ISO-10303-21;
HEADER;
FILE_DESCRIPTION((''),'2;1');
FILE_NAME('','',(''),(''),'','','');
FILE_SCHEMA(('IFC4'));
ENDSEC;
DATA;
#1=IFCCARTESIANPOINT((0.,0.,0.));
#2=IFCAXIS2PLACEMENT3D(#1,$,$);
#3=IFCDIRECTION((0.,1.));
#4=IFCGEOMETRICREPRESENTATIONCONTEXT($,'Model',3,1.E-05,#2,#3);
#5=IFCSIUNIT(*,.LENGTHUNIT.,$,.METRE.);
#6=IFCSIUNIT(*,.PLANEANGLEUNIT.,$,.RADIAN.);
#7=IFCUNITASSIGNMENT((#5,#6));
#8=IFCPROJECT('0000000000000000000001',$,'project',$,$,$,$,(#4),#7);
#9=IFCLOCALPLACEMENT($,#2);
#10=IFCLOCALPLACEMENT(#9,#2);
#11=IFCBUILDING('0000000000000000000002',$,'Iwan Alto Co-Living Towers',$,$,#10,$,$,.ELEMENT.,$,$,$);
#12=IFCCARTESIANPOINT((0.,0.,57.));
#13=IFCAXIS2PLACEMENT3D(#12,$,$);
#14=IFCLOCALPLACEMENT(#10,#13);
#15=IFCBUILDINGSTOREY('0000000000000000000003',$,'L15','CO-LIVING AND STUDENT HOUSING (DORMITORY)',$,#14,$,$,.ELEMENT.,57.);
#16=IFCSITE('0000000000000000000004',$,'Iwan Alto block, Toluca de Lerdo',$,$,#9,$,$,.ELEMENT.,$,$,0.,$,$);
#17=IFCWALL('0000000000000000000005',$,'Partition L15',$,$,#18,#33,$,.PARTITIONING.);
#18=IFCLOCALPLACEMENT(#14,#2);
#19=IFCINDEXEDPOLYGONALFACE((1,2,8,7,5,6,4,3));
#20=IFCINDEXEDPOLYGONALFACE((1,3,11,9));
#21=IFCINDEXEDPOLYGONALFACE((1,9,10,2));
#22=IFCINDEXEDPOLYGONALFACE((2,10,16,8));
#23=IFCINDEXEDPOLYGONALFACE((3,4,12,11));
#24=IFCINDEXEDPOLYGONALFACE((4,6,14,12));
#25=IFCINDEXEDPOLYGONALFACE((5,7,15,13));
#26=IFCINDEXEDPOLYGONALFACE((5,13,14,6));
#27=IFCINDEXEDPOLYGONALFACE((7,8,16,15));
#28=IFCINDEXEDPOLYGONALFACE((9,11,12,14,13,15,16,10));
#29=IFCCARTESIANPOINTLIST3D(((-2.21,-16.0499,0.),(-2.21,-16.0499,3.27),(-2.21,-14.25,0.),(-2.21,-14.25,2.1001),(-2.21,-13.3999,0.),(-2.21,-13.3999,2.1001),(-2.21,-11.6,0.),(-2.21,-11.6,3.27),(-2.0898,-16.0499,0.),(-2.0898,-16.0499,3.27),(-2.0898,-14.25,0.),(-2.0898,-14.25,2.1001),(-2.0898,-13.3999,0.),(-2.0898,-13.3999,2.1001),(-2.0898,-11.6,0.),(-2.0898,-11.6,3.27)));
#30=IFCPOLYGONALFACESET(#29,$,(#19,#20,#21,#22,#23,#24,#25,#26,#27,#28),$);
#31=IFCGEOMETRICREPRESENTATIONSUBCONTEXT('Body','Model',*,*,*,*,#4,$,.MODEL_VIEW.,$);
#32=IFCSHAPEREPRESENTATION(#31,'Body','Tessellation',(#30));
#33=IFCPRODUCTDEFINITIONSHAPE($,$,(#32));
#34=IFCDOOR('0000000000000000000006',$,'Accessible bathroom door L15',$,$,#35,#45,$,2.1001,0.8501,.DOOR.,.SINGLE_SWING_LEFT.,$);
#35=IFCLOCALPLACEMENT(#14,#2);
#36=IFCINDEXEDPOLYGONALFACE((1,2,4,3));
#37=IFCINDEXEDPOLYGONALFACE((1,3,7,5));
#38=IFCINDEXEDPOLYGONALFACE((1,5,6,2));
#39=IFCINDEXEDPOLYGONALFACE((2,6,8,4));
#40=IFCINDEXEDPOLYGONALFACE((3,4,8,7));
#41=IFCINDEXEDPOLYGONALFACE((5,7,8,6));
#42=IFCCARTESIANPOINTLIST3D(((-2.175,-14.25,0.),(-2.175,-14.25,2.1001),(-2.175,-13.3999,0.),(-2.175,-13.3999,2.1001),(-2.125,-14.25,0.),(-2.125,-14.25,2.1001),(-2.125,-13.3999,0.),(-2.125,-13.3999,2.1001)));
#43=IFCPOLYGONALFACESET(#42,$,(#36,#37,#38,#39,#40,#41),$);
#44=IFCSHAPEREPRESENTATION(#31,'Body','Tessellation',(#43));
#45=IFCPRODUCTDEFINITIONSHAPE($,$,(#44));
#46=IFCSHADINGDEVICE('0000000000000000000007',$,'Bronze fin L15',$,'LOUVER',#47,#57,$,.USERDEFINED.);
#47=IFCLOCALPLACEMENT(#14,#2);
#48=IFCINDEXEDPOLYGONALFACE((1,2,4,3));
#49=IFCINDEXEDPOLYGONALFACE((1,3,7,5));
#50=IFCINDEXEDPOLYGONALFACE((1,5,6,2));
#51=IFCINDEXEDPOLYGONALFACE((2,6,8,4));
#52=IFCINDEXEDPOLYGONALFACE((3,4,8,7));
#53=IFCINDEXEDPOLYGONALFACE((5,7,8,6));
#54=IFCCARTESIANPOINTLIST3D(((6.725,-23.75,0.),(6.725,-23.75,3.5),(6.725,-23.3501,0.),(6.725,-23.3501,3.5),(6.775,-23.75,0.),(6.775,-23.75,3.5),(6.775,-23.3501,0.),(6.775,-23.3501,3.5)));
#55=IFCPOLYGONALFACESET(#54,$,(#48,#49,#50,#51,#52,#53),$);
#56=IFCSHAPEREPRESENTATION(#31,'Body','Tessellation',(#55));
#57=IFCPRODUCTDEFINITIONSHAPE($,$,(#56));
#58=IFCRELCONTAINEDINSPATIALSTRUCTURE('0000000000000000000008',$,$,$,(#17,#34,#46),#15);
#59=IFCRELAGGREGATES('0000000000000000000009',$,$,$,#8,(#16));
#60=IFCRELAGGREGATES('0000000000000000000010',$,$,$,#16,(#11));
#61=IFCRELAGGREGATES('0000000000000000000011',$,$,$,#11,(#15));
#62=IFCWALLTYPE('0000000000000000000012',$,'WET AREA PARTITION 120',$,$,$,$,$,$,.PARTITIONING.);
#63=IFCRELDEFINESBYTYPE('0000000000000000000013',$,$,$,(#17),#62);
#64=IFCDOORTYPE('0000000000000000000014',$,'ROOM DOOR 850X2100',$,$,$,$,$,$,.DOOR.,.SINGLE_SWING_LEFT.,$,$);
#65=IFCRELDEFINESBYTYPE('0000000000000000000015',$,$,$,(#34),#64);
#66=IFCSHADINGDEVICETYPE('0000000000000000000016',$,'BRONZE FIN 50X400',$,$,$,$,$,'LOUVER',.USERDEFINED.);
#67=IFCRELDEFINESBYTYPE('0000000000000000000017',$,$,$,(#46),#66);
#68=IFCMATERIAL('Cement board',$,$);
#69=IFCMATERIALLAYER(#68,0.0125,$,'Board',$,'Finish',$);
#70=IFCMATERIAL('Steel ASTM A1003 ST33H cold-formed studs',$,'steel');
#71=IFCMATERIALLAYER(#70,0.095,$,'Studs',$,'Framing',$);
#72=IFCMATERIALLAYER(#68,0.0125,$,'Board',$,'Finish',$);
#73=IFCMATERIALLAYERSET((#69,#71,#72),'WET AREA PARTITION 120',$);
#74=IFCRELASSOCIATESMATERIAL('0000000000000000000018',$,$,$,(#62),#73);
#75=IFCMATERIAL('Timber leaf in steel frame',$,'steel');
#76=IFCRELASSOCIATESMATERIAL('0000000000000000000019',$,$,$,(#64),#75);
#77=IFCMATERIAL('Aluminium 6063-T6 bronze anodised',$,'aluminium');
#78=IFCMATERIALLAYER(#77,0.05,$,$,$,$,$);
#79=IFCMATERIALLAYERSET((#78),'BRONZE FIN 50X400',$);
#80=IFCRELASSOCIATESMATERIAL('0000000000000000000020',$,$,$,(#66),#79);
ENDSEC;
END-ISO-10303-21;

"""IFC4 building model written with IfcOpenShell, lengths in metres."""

from ifc_helpers import new_model, si_unit, direction, frame, frame_2d, origin, origin_2d, place, context, subcontext, project, spatial, rectangle, extrude, material, layer, layer_set, type_object, element, fill, save


model = new_model("IFC4")

# Units and contexts
model_context = context("Model", 3, precision=1e-05, world=origin(), true_north=direction((0.0, 1.0)))
body_context = subcontext(model_context, "Body", "Model", "MODEL_VIEW")
ifc_project = project(units=[si_unit("LENGTHUNIT", "METRE"), si_unit("PLANEANGLEUNIT", "RADIAN")], contexts=[model_context])

# Site, building, storey
site_placement = place(None, origin())
site = spatial("IfcSite", under=ifc_project, at=site_placement, Name="Iwan Alto block, Toluca de Lerdo", CompositionType="ELEMENT", RefElevation=0.0)
building_placement = place(site_placement, origin())
building = spatial("IfcBuilding", under=site, at=building_placement, Name="Iwan Alto Co-Living Towers", CompositionType="ELEMENT")
storey_placement = place(building_placement, frame((0.0, 0.0, 57.0)))
storey = spatial("IfcBuildingStorey", under=building, at=storey_placement, Name="L15", Description="CO-LIVING AND STUDENT HOUSING (DORMITORY)", CompositionType="ELEMENT", Elevation=57.0)

# Shared definitions
ifc_material_1 = material(Name="Steel ASTM A1003 ST33H cold-formed studs", Category="steel")
ifc_material_2 = material(Name="Cement board")
ifc_layer_1 = layer(ifc_material_2, 0.0125, Name="Board", Category="Finish")
ifc_layer_2 = layer(ifc_material_1, 0.095, Name="Studs", Category="Framing")
ifc_layer_3 = layer(ifc_material_2, 0.0125, Name="Board", Category="Finish")
ifc_layer_set_1 = layer_set([ifc_layer_1, ifc_layer_2, ifc_layer_3], Name="WET AREA PARTITION 120")
wall_type_1 = type_object("IfcWallType", Name="WET AREA PARTITION 120", PredefinedType="PARTITIONING", material=ifc_layer_set_1)

# Wall, opening, door
ifc_material_3 = material(Name="Timber leaf in steel frame", Category="steel")
door_type = type_object("IfcDoorType", Name="ROOM DOOR 850X2100", OperationType="SINGLE_SWING_LEFT", PredefinedType="DOOR", material=ifc_material_3)
wall_1_placement = place(storey_placement, frame((-2.1499, -16.05, 0.0), z_axis=(0.0, 0.0, 1.0), x_axis=(0.0, 1.0, 0.0)))
wall_1 = element("IfcWall", 1, at=wall_1_placement, inside=storey, type_object=wall_type_1, Name="Partition L15", PredefinedType="PARTITIONING", context=body_context, shape_type="SweptSolid", body=[
    extrude(rectangle(XDim=4.45, YDim=0.1201, at=frame_2d((2.2251, 0.0))), origin(), (0.0, 0.0, 1.0), 3.27),
])
opening_1_placement = place(wall_1_placement, frame((1.8, 0.0, 0.0)))
opening_1 = element("IfcOpeningElement", 2, at=opening_1_placement, cuts=wall_1, PredefinedType="OPENING", context=body_context, shape_type="SweptSolid", body=[
    extrude(rectangle(XDim=0.8501, YDim=2.1001, at=frame_2d((0.425, 1.05))), frame((0.0, 0.0701, 0.0), z_axis=(0.0, -1.0, 0.0), x_axis=(1.0, 0.0, 0.0)), (0.0, 0.0, 1.0), 0.1401),
])
door_1_placement = place(opening_1_placement, frame((0.8501, 0.0, 0.0), z_axis=(0.0, 0.0, 1.0), x_axis=(-1.0, 0.0, 0.0)))
door_1 = element("IfcDoor", 3, at=door_1_placement, inside=storey, type_object=door_type, Name="Accessible bathroom door L15", OperationType="SINGLE_SWING_LEFT", OverallHeight=2.1001, OverallWidth=0.8501, PredefinedType="DOOR", context=body_context, shape_type="SweptSolid", body=[
    extrude(rectangle(XDim=0.8501, YDim=2.1001, at=frame_2d((0.425, 1.05))), frame((0.0, 0.0249, 0.0), z_axis=(0.0, -1.0, 0.0), x_axis=(1.0, 0.0, 0.0)), (0.0, 0.0, 1.0), 0.05),
])
fill(opening_1, door_1)

# Shading device
ifc_material_4 = material(Name="Aluminium 6063-T6 bronze anodised", Category="aluminium")
ifc_layer_4 = layer(ifc_material_4, 0.05)
ifc_layer_set_2 = layer_set([ifc_layer_4], Name="BRONZE FIN 50X400")
shading_device_type = type_object("IfcShadingDeviceType", Name="BRONZE FIN 50X400", ElementType="LOUVER", PredefinedType="USERDEFINED", material=ifc_layer_set_2)
shading_device_placement = place(storey_placement, frame((6.75, -23.55, 0.0), z_axis=(0.0, 0.0, 1.0), x_axis=(1.0, 0.0, 0.0)))
element("IfcShadingDevice", 4, at=shading_device_placement, inside=storey, type_object=shading_device_type, Name="Bronze fin L15", ObjectType="LOUVER", PredefinedType="USERDEFINED", context=body_context, shape_type="SweptSolid", body=[
    extrude(rectangle(XDim=0.05, YDim=0.3999, at=origin_2d()), origin(), (0.0, 0.0, 1.0), 3.5),
])

save(model, "model.ifc")
